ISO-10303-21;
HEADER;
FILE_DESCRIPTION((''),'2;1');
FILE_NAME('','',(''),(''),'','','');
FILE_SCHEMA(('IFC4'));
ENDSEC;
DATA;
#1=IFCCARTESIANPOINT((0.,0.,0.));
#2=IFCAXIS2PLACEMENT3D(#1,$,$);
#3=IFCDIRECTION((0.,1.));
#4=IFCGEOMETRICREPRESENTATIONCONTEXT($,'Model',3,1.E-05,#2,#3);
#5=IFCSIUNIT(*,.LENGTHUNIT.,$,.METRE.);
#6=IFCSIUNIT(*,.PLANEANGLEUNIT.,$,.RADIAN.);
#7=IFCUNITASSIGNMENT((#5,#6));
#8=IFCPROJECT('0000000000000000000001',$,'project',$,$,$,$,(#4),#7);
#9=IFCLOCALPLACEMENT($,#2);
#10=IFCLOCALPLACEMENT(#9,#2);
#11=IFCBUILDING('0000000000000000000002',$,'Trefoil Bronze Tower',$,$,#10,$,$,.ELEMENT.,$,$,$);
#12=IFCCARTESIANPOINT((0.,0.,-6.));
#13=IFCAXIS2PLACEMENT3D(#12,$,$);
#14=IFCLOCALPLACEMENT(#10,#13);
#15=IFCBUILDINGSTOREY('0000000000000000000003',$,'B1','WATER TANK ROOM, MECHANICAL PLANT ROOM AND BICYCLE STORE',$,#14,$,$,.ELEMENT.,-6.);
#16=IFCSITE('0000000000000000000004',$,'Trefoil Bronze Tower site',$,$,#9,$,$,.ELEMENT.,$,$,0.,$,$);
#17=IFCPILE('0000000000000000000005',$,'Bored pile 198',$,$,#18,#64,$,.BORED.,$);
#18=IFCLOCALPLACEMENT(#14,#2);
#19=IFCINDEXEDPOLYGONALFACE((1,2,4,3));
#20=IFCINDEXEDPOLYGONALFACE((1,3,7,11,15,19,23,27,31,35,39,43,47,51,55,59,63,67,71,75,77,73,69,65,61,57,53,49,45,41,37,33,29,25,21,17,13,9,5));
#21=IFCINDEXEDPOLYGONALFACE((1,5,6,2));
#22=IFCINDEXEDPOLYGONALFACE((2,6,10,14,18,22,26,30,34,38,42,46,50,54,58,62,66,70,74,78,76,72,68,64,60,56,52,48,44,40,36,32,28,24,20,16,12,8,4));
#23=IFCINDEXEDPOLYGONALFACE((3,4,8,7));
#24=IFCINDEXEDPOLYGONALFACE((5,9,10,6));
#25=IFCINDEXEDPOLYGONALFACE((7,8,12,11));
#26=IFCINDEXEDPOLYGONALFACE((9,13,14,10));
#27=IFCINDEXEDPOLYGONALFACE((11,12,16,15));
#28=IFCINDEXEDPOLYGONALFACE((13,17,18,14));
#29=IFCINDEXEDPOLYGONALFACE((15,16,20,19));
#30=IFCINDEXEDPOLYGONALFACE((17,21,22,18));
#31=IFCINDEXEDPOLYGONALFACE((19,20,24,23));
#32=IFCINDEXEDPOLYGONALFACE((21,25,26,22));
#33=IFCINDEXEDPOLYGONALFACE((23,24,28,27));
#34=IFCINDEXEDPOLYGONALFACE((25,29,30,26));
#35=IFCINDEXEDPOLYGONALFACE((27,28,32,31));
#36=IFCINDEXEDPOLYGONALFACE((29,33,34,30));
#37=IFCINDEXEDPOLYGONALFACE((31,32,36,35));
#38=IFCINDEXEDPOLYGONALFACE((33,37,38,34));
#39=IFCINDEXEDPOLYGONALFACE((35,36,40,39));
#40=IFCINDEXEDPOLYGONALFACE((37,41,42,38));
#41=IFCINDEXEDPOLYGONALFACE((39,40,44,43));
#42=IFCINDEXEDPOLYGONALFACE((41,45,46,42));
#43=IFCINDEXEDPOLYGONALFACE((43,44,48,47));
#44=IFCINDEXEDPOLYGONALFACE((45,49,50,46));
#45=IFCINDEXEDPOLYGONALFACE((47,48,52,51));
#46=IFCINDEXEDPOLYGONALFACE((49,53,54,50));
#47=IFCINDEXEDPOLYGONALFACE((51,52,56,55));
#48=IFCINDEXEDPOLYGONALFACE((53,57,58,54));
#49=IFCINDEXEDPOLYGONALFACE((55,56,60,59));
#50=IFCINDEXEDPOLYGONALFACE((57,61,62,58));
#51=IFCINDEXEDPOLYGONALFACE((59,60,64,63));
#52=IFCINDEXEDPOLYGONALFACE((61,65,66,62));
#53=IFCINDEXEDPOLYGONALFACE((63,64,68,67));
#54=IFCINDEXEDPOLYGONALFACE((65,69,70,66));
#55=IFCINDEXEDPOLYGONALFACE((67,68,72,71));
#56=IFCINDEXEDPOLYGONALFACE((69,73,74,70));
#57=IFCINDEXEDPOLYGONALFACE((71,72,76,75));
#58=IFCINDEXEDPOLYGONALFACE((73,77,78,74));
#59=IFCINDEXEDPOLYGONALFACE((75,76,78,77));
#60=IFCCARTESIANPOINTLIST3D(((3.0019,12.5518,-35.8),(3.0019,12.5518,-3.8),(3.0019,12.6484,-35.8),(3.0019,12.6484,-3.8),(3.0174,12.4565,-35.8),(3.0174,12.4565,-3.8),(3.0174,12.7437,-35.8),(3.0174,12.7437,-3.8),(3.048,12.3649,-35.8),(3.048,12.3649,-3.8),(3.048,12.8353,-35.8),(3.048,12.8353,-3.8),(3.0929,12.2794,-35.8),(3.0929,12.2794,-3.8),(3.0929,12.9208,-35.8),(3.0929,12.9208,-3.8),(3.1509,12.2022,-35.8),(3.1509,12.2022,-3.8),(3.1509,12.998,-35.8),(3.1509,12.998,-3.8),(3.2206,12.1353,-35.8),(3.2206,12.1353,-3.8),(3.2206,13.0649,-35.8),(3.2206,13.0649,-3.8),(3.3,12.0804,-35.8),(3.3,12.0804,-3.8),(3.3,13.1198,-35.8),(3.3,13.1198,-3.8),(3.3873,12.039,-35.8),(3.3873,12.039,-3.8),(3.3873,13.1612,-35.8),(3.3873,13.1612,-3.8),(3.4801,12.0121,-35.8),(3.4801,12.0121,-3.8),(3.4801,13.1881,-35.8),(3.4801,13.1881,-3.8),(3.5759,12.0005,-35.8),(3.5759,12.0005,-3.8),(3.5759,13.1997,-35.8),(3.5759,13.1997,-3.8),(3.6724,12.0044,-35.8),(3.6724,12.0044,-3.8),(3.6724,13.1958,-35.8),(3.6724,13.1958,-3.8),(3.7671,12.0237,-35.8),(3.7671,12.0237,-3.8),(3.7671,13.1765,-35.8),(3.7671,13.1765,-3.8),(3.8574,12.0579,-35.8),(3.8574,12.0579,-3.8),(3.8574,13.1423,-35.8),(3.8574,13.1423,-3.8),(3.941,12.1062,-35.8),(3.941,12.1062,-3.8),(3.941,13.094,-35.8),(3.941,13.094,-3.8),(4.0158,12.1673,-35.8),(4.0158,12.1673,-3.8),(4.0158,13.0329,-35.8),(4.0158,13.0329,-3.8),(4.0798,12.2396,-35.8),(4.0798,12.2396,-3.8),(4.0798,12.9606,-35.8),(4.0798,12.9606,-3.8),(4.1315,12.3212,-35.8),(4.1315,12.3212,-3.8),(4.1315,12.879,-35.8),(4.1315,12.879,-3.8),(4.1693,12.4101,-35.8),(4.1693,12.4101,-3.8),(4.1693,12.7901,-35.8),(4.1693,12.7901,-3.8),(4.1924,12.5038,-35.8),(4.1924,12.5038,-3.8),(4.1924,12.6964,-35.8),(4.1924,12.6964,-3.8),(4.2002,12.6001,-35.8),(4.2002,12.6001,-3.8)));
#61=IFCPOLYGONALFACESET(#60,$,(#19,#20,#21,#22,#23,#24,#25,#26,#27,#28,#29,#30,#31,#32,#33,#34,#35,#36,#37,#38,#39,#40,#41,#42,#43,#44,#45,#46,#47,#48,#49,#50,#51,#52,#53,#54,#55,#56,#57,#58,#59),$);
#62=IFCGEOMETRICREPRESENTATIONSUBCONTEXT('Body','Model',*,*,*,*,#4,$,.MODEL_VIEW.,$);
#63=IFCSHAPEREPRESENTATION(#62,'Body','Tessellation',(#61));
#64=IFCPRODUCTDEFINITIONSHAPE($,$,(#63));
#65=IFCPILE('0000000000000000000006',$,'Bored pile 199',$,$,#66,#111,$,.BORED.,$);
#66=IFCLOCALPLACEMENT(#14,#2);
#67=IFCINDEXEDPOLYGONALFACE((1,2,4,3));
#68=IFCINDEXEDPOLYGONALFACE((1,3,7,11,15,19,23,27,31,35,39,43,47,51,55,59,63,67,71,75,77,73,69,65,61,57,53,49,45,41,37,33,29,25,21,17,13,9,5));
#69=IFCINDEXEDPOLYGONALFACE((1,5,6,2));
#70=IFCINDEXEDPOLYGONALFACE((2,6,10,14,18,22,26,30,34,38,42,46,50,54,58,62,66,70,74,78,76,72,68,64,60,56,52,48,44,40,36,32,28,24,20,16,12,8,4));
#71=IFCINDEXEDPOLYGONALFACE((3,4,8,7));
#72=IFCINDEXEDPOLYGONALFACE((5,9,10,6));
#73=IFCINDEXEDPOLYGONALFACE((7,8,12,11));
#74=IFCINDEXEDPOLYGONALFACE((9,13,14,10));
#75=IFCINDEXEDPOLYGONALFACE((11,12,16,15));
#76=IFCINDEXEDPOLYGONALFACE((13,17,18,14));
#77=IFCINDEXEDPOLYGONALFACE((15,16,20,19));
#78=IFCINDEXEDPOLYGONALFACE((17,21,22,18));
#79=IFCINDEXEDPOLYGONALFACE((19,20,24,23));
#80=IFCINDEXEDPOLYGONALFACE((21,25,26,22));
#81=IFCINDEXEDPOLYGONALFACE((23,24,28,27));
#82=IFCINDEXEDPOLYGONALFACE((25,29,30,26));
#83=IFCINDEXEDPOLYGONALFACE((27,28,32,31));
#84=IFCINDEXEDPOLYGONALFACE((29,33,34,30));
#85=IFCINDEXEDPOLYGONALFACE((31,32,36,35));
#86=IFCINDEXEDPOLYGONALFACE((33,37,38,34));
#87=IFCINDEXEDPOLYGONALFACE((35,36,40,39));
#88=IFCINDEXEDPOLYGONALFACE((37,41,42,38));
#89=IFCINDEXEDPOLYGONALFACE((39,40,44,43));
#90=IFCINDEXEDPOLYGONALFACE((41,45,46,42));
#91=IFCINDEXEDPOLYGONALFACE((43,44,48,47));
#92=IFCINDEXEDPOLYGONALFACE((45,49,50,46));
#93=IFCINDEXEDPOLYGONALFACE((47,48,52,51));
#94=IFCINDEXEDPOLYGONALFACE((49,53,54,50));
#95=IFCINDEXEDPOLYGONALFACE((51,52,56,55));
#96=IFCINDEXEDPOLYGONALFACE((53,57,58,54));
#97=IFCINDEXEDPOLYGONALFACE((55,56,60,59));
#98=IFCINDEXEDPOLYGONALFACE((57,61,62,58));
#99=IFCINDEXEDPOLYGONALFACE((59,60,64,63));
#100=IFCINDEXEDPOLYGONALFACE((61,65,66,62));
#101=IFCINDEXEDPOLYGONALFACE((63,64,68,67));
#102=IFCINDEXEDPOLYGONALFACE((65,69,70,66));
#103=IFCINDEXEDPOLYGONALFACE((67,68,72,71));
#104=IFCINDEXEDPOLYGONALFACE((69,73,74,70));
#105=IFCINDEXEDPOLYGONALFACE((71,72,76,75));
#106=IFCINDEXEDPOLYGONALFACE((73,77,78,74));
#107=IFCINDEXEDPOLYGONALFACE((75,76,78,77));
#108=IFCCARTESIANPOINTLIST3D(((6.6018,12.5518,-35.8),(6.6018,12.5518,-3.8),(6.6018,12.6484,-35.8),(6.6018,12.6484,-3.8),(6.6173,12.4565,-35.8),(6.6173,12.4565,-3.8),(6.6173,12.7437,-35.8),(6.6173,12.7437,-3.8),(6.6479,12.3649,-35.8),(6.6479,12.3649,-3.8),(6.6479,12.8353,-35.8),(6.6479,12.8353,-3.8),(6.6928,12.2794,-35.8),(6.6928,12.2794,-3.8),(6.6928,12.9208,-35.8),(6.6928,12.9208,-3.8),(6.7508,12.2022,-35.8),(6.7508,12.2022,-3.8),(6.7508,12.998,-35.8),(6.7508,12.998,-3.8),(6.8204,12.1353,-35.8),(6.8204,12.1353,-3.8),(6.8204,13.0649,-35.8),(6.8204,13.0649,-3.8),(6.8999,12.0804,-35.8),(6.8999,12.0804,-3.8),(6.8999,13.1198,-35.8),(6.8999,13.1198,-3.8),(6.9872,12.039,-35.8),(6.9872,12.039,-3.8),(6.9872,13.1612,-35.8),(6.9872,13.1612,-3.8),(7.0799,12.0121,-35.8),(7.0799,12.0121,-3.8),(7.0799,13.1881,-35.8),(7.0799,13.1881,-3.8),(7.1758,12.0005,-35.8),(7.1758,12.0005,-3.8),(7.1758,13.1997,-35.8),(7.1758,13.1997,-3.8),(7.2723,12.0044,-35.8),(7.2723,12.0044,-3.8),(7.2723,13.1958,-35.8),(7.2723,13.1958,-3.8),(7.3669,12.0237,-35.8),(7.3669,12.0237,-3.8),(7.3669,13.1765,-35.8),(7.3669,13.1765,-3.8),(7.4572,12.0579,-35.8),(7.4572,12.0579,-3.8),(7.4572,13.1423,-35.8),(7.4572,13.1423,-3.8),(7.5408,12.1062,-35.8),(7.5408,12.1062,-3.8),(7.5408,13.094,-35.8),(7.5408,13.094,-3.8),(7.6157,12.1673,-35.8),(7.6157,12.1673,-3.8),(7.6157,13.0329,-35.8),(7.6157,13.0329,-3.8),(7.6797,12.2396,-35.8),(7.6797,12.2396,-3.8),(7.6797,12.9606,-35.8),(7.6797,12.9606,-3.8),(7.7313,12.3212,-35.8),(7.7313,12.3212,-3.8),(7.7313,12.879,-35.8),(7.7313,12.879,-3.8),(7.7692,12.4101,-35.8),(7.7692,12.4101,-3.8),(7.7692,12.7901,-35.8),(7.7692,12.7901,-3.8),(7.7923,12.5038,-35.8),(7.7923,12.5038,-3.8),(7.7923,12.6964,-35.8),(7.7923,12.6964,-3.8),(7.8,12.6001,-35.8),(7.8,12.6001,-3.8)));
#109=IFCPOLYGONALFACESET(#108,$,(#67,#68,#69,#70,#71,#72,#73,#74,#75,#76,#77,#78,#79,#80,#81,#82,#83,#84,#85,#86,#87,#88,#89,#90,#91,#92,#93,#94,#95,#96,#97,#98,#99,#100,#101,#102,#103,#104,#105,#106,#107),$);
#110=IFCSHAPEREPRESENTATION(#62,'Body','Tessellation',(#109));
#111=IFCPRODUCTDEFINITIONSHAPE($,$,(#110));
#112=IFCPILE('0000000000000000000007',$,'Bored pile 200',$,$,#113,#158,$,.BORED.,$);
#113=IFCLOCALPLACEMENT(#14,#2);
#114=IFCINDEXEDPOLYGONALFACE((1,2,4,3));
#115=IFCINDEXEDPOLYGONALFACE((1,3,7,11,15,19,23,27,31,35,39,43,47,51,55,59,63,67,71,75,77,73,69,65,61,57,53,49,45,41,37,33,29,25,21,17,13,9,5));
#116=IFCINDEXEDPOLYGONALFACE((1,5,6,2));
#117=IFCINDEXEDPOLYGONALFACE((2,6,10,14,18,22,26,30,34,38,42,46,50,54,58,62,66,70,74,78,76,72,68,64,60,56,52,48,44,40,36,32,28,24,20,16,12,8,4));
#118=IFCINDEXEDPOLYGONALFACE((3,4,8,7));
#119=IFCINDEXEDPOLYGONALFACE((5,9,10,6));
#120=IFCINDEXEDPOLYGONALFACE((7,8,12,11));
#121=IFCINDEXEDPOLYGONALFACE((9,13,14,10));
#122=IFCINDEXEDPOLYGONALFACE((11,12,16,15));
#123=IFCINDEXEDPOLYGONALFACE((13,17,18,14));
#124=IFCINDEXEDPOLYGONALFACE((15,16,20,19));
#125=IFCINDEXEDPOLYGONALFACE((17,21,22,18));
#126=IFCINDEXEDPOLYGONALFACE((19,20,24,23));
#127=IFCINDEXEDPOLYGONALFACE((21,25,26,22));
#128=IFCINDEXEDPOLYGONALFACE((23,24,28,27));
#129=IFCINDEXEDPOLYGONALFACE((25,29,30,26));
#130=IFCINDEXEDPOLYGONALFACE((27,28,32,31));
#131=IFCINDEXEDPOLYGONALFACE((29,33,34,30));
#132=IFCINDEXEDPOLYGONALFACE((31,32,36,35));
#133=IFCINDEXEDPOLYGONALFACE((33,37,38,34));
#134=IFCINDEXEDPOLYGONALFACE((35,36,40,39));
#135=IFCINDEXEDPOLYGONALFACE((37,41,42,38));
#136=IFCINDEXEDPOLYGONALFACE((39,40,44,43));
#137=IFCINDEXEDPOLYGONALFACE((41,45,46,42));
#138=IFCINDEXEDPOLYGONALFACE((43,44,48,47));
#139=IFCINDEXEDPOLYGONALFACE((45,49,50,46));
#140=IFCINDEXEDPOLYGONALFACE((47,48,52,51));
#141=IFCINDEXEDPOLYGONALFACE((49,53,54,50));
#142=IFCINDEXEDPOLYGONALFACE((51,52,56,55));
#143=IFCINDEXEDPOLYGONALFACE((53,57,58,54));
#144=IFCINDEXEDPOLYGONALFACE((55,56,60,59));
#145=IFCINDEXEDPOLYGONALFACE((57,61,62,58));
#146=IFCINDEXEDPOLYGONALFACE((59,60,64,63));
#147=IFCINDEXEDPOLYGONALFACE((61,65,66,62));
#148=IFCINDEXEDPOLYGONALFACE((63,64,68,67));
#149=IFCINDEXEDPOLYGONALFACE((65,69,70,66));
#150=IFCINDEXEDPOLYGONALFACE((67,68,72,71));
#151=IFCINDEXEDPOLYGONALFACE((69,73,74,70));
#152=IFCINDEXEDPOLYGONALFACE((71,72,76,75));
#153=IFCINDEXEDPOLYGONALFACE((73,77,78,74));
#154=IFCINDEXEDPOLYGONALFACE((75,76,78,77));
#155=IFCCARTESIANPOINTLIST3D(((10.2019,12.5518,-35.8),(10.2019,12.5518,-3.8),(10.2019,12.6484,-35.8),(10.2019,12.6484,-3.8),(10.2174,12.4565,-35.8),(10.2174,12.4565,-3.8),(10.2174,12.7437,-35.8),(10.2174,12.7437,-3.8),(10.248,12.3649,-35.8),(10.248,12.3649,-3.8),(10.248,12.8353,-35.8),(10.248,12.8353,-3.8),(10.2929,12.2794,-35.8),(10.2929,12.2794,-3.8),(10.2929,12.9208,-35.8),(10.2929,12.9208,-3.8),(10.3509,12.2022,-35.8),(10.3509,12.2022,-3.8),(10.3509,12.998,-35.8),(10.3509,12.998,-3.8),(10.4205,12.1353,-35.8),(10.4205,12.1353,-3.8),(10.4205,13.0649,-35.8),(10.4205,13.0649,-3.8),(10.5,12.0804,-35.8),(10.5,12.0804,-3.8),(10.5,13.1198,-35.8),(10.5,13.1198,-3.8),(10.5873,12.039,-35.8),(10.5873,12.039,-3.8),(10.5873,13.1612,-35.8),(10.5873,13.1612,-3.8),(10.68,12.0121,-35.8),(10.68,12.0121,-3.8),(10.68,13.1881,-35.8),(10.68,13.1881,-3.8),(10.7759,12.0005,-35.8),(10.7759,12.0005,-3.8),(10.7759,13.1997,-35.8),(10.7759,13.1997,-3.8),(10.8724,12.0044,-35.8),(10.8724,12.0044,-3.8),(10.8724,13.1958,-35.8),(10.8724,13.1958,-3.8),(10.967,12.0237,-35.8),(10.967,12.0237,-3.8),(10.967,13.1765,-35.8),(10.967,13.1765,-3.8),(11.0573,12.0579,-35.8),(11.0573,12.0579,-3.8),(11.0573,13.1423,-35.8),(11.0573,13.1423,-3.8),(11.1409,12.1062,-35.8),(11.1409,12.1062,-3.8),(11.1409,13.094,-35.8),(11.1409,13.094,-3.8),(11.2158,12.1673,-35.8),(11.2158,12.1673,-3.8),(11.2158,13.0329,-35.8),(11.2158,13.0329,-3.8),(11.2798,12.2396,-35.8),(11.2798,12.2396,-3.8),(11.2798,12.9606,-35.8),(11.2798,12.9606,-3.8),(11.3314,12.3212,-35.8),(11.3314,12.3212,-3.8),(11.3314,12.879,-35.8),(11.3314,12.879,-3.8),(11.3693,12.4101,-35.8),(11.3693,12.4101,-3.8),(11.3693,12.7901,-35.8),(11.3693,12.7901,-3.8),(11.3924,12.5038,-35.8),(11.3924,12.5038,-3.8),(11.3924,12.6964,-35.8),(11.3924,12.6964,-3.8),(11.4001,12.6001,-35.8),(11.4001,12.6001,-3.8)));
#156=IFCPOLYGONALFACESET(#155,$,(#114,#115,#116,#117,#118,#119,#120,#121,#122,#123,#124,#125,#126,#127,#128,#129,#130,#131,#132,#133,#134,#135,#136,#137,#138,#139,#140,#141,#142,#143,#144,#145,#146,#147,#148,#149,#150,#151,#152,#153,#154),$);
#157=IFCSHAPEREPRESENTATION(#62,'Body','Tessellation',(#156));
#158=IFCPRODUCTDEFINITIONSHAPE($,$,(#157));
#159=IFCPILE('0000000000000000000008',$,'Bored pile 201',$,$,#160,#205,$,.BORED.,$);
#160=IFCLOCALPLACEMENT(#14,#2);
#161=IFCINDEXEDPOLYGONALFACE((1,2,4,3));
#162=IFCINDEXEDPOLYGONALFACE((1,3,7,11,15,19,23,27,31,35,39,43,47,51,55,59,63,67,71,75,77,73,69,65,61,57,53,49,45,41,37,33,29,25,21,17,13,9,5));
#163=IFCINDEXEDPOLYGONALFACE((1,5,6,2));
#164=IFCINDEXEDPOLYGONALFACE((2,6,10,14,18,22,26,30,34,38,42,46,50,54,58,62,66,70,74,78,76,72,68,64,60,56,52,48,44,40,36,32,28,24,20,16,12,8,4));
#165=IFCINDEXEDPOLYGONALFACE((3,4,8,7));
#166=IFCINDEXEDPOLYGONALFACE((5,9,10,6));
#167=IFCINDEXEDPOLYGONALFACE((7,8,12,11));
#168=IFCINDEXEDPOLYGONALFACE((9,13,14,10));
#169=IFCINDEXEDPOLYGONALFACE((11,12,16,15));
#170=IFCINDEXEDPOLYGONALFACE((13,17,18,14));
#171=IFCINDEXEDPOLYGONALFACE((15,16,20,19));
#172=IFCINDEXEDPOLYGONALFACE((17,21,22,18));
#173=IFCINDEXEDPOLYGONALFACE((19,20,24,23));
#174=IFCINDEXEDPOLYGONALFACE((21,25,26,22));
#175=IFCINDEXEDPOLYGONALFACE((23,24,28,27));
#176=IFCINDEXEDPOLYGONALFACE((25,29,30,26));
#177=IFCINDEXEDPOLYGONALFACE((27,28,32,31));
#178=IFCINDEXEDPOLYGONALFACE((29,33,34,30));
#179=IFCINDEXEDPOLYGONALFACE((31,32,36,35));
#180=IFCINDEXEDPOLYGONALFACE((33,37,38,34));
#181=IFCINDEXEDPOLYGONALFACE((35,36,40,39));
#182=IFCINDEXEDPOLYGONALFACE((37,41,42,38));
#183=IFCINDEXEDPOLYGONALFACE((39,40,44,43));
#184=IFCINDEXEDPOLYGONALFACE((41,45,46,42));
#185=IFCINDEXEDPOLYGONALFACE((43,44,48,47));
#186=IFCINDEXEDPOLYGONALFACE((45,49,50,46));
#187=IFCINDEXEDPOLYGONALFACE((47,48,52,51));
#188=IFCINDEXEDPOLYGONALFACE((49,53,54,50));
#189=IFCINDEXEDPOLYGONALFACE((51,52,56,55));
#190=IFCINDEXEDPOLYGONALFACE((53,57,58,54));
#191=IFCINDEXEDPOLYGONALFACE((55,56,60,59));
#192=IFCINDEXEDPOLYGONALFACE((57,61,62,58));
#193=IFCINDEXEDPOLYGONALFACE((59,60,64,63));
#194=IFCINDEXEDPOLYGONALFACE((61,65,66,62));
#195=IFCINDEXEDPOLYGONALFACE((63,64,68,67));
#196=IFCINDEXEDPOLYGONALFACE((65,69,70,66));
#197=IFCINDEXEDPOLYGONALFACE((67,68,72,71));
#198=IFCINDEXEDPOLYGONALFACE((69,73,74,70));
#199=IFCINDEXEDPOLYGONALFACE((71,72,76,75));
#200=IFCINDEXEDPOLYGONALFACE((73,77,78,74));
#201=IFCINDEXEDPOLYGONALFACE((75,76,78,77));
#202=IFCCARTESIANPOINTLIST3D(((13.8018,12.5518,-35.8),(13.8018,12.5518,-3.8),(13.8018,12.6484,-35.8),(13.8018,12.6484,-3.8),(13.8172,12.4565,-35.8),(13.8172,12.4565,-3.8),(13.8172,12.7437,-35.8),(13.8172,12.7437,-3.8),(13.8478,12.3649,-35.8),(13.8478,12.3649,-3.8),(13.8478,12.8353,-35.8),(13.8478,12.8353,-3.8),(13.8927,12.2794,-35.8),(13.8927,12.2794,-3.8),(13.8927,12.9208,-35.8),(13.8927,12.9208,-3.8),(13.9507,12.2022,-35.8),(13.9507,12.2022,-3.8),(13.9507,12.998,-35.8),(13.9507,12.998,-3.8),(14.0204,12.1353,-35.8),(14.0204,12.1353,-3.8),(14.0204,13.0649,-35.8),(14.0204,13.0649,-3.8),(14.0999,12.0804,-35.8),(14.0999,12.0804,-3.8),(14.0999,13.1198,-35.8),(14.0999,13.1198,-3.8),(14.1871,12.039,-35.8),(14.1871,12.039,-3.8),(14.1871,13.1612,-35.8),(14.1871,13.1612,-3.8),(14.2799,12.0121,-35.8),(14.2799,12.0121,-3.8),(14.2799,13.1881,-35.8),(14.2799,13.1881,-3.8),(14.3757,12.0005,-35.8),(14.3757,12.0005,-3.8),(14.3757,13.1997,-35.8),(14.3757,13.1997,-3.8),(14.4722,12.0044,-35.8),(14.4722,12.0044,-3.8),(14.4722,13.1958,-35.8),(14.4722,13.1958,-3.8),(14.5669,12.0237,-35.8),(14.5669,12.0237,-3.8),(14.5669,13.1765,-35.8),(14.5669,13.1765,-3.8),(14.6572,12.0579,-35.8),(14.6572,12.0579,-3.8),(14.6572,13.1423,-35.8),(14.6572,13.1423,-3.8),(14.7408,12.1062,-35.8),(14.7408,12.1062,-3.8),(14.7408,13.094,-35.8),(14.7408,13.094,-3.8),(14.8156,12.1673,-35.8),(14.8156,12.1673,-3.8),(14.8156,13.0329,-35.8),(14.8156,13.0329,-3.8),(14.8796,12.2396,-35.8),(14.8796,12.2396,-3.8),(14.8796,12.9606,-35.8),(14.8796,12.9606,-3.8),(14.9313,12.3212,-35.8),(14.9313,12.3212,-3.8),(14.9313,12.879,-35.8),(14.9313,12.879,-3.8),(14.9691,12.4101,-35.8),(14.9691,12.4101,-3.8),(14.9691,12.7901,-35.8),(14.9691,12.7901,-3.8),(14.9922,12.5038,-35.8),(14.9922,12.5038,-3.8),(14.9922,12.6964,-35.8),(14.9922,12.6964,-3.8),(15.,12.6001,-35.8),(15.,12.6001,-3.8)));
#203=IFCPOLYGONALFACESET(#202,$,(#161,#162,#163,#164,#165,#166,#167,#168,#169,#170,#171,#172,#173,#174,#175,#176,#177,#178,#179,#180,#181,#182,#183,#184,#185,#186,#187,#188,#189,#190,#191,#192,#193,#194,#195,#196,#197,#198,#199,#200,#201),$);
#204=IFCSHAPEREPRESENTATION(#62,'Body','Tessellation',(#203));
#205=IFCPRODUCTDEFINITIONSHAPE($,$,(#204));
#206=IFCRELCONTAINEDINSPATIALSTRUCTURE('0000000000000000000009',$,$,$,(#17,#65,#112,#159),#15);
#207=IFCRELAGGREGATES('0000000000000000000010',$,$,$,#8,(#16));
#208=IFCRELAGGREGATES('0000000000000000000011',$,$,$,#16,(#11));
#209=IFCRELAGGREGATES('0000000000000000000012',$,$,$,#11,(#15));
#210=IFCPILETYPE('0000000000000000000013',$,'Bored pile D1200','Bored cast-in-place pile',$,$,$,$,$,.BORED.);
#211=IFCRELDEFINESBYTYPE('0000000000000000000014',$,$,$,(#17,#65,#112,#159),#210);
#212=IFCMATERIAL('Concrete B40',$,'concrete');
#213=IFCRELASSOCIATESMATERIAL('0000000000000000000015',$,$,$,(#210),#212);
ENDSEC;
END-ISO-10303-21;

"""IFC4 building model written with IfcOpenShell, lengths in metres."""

from ifc_helpers import new_model, si_unit, direction, frame, origin, origin_2d, place, context, subcontext, project, spatial, circle, extrude, material, type_object, element, save


model = new_model("IFC4")

# Units and contexts
model_context = context("Model", 3, precision=1e-05, world=origin(), true_north=direction((0.0, 1.0)))
body_context = subcontext(model_context, "Body", "Model", "MODEL_VIEW")
ifc_project = project(units=[si_unit("LENGTHUNIT", "METRE"), si_unit("PLANEANGLEUNIT", "RADIAN")], contexts=[model_context])

# Site, building, storey
site_placement = place(None, origin())
site = spatial("IfcSite", under=ifc_project, at=site_placement, Name="Trefoil Bronze Tower site", CompositionType="ELEMENT", RefElevation=0.0)
building_placement = place(site_placement, origin())
building = spatial("IfcBuilding", under=site, at=building_placement, Name="Trefoil Bronze Tower", CompositionType="ELEMENT")
storey_placement = place(building_placement, frame((0.0, 0.0, -6.0)))
storey = spatial("IfcBuildingStorey", under=building, at=storey_placement, Name="B1", Description="WATER TANK ROOM, MECHANICAL PLANT ROOM AND BICYCLE STORE", CompositionType="ELEMENT", Elevation=-6.0)

# Piles
ifc_material_1 = material(Name="Concrete B40", Category="concrete")
pile_type = type_object("IfcPileType", Name="Bored pile D1200", Description="Bored cast-in-place pile", PredefinedType="BORED", material=ifc_material_1)
for number, where, z_axis, x_axis, name in (
    (1, (3.6001, 12.6001, -3.8), (0.0, 0.0, -1.0), (1.0, 0.0, 0.0), "Bored pile 198"),
    (2, (7.2, 12.6001, -3.8), (0.0, 0.0, -1.0), (1.0, 0.0, 0.0), "Bored pile 199"),
    (3, (10.8, 12.6001, -3.8), (0.0, 0.0, -1.0), (1.0, 0.0, 0.0), "Bored pile 200"),
    (4, (14.3999, 12.6001, -3.8), (0.0, 0.0, -1.0), (1.0, 0.0, 0.0), "Bored pile 201"),
):
    element("IfcPile", number, at=place(storey_placement, frame(where, z_axis=z_axis, x_axis=x_axis)), inside=storey, type_object=pile_type, Name=name, PredefinedType="BORED", context=body_context, shape_type="SweptSolid", body=[
        extrude(circle(Radius=0.6001, at=origin_2d()), origin(), (0.0, 0.0, 1.0), 32.0),
    ])

save(model, "model.ifc")
